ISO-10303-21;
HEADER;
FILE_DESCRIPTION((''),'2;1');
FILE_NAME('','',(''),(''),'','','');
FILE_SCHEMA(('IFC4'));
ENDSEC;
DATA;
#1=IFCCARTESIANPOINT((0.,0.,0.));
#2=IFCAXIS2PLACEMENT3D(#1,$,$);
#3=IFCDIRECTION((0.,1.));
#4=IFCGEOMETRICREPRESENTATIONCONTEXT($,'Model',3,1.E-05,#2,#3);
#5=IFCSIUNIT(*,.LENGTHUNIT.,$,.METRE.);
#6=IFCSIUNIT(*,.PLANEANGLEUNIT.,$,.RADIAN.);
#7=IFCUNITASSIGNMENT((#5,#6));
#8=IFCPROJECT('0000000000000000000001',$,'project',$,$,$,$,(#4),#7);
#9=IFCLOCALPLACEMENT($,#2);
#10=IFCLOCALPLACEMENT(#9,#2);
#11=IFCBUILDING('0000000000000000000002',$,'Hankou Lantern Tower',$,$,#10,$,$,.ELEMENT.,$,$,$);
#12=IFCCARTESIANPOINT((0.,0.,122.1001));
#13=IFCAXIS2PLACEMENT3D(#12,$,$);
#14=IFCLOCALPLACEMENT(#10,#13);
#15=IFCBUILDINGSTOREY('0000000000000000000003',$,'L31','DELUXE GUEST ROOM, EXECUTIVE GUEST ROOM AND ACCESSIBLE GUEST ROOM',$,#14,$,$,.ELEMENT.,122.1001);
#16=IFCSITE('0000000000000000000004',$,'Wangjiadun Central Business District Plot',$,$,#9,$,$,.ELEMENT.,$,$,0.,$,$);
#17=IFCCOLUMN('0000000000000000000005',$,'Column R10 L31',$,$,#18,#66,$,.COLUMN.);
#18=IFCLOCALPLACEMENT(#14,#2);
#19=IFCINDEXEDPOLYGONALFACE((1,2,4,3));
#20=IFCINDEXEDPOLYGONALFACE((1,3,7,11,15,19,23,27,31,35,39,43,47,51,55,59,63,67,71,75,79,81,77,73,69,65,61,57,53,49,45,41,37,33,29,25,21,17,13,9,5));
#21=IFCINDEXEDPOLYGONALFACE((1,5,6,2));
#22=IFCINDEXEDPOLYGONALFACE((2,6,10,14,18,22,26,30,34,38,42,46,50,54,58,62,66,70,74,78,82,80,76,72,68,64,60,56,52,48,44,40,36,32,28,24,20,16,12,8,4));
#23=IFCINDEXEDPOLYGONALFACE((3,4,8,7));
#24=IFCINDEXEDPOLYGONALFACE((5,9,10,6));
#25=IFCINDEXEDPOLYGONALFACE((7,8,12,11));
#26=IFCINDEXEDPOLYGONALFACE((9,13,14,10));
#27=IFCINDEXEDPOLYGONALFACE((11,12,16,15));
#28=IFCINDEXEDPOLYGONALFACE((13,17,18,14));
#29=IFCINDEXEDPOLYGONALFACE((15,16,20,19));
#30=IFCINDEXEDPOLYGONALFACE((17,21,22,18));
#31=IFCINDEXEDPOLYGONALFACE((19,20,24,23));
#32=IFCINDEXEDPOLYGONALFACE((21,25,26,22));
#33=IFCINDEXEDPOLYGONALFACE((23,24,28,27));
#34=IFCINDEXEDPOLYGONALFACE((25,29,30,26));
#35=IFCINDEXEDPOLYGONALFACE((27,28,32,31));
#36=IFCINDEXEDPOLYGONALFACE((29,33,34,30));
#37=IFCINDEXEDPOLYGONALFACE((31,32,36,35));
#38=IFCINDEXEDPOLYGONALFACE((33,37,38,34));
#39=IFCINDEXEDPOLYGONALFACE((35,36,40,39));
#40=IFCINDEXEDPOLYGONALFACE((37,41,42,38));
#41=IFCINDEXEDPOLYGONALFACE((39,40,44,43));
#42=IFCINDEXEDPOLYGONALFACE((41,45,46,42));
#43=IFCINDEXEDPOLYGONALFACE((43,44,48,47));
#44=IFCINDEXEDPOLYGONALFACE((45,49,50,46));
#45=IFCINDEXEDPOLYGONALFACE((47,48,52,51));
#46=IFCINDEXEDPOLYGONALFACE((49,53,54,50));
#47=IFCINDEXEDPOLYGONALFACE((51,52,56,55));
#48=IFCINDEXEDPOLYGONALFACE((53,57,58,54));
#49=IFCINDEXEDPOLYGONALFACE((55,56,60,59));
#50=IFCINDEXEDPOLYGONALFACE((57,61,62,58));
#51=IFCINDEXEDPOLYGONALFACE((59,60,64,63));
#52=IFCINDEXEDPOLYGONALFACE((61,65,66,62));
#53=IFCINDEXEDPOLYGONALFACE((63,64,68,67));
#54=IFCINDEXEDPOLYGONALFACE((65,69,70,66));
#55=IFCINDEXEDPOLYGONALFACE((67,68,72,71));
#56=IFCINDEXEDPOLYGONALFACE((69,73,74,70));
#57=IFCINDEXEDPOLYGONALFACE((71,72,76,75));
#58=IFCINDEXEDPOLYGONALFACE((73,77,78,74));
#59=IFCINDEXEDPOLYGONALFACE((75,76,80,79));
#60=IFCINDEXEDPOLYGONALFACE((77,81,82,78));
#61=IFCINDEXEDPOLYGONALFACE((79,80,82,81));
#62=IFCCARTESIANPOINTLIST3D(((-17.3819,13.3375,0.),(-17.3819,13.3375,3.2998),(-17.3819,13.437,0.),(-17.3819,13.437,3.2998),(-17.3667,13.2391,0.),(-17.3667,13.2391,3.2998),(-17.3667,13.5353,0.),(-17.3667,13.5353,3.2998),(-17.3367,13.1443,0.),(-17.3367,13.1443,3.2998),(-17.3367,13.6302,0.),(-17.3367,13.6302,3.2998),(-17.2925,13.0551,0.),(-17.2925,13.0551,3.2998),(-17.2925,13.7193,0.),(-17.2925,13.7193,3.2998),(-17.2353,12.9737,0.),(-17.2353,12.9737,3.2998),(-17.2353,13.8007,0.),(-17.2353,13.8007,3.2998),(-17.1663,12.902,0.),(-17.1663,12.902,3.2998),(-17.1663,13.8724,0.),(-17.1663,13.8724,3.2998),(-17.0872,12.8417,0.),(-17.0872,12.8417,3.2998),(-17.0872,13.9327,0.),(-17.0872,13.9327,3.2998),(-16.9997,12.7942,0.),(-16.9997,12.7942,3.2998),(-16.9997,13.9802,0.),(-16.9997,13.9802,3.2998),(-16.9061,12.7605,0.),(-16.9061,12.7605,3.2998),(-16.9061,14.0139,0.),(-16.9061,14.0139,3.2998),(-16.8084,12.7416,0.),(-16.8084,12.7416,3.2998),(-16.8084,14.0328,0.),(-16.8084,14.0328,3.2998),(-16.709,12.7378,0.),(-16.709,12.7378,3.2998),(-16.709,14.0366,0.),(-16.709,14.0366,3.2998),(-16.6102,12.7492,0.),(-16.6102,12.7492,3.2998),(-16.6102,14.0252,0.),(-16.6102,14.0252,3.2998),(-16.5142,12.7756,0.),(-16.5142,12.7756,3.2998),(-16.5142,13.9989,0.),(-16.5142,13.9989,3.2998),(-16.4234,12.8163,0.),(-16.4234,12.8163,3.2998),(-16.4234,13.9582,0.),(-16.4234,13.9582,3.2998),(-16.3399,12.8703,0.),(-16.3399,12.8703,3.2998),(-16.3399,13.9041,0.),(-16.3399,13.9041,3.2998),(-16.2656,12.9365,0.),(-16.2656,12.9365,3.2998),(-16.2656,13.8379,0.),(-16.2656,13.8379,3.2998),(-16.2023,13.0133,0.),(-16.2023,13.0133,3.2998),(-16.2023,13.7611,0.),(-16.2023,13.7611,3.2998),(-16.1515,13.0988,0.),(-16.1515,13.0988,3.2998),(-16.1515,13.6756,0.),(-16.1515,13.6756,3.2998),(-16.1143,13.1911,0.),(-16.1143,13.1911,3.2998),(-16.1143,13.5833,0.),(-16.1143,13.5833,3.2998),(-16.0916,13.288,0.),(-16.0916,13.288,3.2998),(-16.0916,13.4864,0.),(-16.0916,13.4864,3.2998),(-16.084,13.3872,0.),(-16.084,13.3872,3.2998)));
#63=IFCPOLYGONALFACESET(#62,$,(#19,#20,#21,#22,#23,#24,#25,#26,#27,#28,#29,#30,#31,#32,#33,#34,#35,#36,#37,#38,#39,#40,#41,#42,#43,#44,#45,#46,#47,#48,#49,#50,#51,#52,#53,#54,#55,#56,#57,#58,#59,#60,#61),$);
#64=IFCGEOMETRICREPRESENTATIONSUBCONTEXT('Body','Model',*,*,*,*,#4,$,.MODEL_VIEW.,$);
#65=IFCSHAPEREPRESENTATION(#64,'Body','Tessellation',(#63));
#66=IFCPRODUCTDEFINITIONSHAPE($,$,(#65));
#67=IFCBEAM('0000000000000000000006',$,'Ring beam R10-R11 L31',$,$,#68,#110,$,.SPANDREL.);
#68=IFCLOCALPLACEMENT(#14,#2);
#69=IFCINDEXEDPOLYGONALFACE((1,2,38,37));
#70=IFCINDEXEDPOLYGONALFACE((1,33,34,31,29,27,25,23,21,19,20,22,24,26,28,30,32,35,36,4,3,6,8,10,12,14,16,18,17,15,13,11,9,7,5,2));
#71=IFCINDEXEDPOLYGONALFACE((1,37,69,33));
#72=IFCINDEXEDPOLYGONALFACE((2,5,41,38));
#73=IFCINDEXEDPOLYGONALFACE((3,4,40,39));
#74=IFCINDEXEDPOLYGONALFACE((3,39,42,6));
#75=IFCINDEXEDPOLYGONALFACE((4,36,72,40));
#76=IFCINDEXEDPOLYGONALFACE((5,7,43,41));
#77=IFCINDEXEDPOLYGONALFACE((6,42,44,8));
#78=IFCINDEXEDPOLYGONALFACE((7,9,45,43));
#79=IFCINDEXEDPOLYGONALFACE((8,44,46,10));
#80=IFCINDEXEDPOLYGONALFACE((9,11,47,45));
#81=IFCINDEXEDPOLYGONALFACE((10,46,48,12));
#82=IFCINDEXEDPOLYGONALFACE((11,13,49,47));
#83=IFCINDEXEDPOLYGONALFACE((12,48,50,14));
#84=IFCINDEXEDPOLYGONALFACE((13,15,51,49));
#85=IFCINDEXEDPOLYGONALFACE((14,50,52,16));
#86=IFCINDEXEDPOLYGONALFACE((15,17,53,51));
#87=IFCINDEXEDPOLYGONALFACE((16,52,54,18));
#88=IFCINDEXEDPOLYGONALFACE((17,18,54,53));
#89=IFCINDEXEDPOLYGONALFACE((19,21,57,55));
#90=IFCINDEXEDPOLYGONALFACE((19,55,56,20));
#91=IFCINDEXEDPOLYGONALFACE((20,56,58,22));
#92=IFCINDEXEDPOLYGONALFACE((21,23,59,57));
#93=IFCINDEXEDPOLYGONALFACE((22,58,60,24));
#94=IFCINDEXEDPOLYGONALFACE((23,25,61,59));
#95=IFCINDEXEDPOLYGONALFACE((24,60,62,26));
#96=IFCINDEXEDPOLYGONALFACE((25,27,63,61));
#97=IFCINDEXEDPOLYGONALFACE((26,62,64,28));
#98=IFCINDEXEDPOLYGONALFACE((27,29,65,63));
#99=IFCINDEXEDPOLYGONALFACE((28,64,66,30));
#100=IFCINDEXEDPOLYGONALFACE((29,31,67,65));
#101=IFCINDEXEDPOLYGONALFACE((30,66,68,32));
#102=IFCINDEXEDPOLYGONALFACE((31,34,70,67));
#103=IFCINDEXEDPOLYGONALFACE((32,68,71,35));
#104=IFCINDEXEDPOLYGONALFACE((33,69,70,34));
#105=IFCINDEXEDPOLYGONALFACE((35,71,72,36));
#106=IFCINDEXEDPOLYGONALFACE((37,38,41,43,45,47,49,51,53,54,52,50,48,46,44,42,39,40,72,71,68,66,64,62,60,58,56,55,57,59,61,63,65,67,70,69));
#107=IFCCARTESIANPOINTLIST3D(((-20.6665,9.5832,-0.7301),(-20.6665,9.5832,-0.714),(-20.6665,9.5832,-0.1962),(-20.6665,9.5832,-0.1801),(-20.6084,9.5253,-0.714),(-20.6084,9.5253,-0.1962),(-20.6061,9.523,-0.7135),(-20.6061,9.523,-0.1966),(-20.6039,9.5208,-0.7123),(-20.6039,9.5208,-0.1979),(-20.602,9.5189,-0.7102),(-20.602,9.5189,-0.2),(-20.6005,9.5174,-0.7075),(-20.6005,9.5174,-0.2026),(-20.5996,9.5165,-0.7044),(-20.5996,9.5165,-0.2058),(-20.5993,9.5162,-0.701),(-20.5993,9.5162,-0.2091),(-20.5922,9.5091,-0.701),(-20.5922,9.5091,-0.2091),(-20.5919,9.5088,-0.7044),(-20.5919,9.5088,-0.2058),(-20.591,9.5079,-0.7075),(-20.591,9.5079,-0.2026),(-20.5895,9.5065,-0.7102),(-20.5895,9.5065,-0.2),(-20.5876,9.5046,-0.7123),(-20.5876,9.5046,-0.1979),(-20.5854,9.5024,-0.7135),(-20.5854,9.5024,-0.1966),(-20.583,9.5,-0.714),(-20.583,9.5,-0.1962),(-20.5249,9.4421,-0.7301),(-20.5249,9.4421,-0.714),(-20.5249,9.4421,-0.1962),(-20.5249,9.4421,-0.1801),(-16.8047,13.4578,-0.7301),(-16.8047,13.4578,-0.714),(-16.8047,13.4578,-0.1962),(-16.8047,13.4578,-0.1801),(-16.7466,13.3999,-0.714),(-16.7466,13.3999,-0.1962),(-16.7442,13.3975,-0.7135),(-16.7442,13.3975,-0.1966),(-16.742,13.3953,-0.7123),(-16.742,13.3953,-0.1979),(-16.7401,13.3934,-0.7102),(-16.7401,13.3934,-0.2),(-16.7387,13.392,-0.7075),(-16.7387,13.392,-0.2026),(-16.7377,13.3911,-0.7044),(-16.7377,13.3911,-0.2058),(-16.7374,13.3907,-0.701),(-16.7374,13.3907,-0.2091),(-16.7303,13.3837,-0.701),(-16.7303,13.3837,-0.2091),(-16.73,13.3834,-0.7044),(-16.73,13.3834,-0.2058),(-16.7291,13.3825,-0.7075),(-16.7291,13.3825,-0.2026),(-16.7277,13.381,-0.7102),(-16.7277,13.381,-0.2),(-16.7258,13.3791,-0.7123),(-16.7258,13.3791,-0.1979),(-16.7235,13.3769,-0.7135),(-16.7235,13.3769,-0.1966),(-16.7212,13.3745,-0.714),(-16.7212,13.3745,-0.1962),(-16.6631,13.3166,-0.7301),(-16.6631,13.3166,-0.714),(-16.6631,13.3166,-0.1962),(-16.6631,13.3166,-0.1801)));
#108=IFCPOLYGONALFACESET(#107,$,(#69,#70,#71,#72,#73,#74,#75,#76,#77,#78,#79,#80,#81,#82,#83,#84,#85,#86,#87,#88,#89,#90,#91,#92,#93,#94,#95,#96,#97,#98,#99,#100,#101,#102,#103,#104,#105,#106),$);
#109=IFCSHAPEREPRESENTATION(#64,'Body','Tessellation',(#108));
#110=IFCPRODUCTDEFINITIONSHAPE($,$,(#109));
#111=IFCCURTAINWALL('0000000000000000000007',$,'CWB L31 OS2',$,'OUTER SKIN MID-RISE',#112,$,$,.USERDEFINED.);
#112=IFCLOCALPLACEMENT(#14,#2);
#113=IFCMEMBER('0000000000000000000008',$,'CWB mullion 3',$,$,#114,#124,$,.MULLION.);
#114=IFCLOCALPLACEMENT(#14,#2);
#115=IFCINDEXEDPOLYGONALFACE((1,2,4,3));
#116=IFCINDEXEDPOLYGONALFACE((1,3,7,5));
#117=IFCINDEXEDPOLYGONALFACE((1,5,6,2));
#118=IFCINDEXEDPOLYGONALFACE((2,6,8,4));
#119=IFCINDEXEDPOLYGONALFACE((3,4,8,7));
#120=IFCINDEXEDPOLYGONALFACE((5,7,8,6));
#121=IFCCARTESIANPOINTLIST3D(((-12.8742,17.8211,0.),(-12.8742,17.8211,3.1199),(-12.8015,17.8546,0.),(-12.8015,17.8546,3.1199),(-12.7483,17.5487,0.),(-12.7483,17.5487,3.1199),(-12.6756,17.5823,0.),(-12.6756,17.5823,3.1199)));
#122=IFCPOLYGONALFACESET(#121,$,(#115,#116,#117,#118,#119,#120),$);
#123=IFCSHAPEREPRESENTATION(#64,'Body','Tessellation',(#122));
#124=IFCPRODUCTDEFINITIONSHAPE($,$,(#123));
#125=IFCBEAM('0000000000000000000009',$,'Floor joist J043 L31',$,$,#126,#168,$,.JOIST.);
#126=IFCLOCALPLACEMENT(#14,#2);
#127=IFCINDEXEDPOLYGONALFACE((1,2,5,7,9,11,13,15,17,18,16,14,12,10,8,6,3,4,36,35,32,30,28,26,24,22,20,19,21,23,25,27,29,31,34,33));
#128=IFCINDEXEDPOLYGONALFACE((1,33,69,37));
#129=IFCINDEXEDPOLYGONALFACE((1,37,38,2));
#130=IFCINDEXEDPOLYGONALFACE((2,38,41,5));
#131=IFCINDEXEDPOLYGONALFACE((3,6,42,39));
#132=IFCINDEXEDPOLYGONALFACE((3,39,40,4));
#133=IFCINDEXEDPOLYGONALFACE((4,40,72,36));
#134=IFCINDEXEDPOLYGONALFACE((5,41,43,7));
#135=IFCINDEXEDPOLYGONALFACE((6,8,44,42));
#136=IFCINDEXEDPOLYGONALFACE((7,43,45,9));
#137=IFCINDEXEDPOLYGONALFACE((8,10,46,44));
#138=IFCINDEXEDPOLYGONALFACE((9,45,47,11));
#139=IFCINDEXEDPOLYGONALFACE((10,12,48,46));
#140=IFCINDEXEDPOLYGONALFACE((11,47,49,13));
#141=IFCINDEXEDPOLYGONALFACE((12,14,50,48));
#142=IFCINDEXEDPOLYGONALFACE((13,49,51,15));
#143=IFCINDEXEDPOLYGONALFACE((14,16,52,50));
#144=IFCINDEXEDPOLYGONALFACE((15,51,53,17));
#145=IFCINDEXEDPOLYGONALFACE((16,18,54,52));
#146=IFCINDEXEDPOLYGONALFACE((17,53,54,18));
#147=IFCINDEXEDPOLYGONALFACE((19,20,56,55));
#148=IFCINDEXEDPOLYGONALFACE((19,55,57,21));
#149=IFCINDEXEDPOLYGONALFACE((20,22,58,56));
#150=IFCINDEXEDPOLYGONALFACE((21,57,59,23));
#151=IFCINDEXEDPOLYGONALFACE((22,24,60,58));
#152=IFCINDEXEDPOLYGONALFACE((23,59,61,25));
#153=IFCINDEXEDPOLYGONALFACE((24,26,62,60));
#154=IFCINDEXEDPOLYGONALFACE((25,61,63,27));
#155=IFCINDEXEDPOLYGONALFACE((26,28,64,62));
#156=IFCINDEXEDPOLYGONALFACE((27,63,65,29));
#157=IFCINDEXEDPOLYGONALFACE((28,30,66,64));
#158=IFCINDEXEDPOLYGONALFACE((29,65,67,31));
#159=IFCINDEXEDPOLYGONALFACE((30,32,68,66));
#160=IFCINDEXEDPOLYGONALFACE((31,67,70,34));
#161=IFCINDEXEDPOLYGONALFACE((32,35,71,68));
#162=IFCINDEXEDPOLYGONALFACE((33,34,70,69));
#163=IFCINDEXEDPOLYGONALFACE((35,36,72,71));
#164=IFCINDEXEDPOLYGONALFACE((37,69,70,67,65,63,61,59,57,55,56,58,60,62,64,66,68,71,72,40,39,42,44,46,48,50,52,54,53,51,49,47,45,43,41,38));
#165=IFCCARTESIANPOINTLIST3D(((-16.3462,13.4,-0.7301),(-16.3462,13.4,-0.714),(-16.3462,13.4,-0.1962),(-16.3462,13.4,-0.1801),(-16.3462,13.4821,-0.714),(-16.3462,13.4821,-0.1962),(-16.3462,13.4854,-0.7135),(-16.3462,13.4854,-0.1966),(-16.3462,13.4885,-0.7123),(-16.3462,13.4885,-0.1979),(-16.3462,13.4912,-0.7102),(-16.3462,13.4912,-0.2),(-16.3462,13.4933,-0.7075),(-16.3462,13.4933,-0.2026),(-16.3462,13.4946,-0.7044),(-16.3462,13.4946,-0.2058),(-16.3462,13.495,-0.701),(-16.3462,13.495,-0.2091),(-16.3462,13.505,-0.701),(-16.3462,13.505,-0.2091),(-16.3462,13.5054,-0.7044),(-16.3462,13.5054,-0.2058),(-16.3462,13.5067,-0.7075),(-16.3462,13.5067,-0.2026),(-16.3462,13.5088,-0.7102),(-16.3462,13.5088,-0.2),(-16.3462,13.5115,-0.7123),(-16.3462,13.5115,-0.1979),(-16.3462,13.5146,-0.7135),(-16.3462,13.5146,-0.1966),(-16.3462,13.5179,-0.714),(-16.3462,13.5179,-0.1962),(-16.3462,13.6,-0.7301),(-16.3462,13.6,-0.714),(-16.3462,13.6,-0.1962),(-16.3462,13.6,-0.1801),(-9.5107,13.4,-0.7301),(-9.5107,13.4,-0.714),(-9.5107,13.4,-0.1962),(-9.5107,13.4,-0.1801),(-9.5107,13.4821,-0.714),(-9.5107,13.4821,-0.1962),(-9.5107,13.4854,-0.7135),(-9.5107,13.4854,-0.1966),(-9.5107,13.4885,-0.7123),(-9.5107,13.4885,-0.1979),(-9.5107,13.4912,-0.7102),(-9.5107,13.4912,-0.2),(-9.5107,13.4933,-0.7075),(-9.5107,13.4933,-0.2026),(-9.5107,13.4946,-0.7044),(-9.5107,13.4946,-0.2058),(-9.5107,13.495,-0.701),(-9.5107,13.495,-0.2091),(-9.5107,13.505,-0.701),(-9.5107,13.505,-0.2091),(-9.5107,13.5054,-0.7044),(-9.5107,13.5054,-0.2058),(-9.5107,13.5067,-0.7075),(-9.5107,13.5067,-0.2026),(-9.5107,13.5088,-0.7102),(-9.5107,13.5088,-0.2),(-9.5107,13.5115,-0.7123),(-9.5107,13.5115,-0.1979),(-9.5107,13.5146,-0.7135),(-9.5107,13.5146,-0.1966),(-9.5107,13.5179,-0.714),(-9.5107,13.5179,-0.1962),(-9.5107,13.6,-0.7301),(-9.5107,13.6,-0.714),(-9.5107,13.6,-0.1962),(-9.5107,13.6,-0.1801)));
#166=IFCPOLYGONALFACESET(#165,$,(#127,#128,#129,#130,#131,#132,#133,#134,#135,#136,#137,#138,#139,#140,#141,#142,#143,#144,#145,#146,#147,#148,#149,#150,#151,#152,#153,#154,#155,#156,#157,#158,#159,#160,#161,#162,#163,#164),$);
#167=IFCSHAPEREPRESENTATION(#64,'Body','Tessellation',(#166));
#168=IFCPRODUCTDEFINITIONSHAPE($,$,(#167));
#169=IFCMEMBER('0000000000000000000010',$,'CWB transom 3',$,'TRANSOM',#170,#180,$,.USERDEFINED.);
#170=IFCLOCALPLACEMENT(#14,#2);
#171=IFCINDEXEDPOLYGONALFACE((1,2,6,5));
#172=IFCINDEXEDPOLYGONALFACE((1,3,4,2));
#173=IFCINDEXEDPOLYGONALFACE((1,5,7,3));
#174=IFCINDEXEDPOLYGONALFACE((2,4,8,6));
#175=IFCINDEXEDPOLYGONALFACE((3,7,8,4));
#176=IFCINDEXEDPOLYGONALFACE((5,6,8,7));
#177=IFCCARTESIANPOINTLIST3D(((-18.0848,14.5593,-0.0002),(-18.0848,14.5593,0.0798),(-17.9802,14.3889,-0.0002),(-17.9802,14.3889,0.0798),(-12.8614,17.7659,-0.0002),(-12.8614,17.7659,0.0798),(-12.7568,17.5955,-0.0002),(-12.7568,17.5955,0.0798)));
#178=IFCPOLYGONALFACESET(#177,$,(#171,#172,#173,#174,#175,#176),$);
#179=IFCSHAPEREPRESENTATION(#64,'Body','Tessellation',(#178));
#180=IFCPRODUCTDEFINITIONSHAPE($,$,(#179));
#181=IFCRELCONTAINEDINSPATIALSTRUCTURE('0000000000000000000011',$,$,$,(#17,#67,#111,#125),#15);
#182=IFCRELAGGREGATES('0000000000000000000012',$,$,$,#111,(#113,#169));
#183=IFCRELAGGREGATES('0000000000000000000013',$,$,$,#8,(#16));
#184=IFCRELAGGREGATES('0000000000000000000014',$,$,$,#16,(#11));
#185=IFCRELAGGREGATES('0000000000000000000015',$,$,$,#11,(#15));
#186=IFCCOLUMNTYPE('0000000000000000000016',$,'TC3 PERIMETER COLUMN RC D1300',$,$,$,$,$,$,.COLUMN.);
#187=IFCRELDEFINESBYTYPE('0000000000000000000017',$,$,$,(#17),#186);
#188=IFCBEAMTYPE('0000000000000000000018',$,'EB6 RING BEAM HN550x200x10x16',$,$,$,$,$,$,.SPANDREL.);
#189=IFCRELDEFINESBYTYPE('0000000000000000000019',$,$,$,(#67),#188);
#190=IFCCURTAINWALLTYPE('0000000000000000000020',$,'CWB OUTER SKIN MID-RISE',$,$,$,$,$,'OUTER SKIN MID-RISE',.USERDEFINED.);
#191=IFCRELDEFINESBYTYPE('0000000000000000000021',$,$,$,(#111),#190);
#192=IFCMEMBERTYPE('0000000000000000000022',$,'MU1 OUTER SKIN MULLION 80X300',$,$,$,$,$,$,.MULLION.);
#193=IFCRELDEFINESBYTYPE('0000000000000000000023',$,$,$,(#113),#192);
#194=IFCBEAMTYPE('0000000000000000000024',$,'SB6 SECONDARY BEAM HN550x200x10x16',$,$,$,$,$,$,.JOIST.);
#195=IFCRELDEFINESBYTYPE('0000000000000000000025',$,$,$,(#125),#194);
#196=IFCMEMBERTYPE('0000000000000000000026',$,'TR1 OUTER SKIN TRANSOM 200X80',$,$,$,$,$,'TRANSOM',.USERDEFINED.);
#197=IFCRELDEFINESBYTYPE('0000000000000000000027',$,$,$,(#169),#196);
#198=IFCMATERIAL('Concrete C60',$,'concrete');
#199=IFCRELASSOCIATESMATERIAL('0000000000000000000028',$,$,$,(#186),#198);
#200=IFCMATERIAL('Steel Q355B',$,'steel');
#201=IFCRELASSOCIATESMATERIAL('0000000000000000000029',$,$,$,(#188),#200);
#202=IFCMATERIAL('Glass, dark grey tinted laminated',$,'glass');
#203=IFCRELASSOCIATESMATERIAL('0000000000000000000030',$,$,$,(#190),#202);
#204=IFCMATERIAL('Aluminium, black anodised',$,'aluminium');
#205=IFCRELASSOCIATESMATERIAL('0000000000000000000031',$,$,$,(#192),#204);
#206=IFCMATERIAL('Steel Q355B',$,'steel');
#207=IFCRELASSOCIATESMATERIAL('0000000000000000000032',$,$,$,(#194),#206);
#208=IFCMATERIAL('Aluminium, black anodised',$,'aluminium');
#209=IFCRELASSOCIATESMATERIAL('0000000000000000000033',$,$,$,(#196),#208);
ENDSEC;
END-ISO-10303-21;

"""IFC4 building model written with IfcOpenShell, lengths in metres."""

from ifc_helpers import new_model, si_unit, direction, frame, origin, origin_2d, place, context, subcontext, project, spatial, rectangle, circle, i_section, extrude, material, material_profile, profile_set, type_object, element, aggregate, save


model = new_model("IFC4")

# Units and contexts
model_context = context("Model", 3, precision=1e-05, world=origin(), true_north=direction((0.0, 1.0)))
body_context = subcontext(model_context, "Body", "Model", "MODEL_VIEW")
ifc_project = project(units=[si_unit("LENGTHUNIT", "METRE"), si_unit("PLANEANGLEUNIT", "RADIAN")], contexts=[model_context])

# Site, building, storey
site_placement = place(None, origin())
site = spatial("IfcSite", under=ifc_project, at=site_placement, Name="Wangjiadun Central Business District Plot", CompositionType="ELEMENT", RefElevation=0.0)
building_placement = place(site_placement, origin())
building = spatial("IfcBuilding", under=site, at=building_placement, Name="Hankou Lantern Tower", CompositionType="ELEMENT")
storey_placement = place(building_placement, frame((0.0, 0.0, 122.1001)))
storey = spatial("IfcBuildingStorey", under=building, at=storey_placement, Name="L31", Description="DELUXE GUEST ROOM, EXECUTIVE GUEST ROOM AND ACCESSIBLE GUEST ROOM", CompositionType="ELEMENT", Elevation=122.1001)

# Column
ifc_material_1 = material(Name="Concrete C60", Category="concrete")
ifc_material_profile_1 = material_profile(ifc_material_1, circle(Radius=0.6499, at=origin_2d()), Name="RC D1300")
ifc_profile_set_1 = profile_set([ifc_material_profile_1], Name="Concrete C60")
column_type = type_object("IfcColumnType", Name="TC3 PERIMETER COLUMN RC D1300", PredefinedType="COLUMN", material=ifc_profile_set_1)
column_placement = place(storey_placement, frame((-16.7339, 13.3872, 0.0), z_axis=(0.0, 0.0, 1.0), x_axis=(1.0, 0.0, 0.0)))
element("IfcColumn", 1, at=column_placement, inside=storey, type_object=column_type, Name="Column R10 L31", PredefinedType="COLUMN", context=body_context, shape_type="SweptSolid", body=[
    extrude(circle(Radius=0.6499, at=origin_2d()), origin(), (0.0, 0.0, 1.0), 3.2998),
])

# Beam
ifc_material_2 = material(Name="Steel Q355B", Category="steel")
ifc_material_profile_2 = material_profile(ifc_material_2, i_section(OverallWidth=0.2, OverallDepth=0.55, WebThickness=0.01, FlangeThickness=0.0161, FilletRadius=0.0129, at=origin_2d()), Name="HN550x200x10x16")
ifc_profile_set_2 = profile_set([ifc_material_profile_2], Name="Steel Q355B")
beam_type_1 = type_object("IfcBeamType", Name="EB6 RING BEAM HN550x200x10x16", PredefinedType="SPANDREL", material=ifc_profile_set_2)
beam_1_placement = place(storey_placement, frame((-16.7339, 13.3872, -0.4551), z_axis=(-0.705945, -0.708266, 0.0), x_axis=(0.708266, -0.705945, 0.0)))
element("IfcBeam", 2, at=beam_1_placement, inside=storey, type_object=beam_type_1, Name="Ring beam R10-R11 L31", PredefinedType="SPANDREL", context=body_context, shape_type="SweptSolid", body=[
    extrude(i_section(OverallWidth=0.2, OverallDepth=0.55, WebThickness=0.01, FlangeThickness=0.0161, FilletRadius=0.0129, at=origin_2d()), origin(), (0.0, 0.0, 1.0), 5.4705),
])

# Curtain wall, member
ifc_material_3 = material(Name="Glass, dark grey tinted laminated", Category="glass")
curtain_wall_type = type_object("IfcCurtainWallType", Name="CWB OUTER SKIN MID-RISE", ElementType="OUTER SKIN MID-RISE", PredefinedType="USERDEFINED", material=ifc_material_3)
curtain_wall_placement = place(storey_placement, origin())
curtain_wall = element("IfcCurtainWall", 3, at=curtain_wall_placement, inside=storey, type_object=curtain_wall_type, Name="CWB L31 OS2", ObjectType="OUTER SKIN MID-RISE", PredefinedType="USERDEFINED")
ifc_material_4 = material(Name="Aluminium, black anodised", Category="aluminium")
ifc_material_profile_3 = material_profile(ifc_material_4, rectangle(XDim=0.0801, YDim=0.3, at=origin_2d()), Name="MU1 80X300")
ifc_profile_set_3 = profile_set([ifc_material_profile_3], Name="Aluminium, black anodised")
member_type_1 = type_object("IfcMemberType", Name="MU1 OUTER SKIN MULLION 80X300", PredefinedType="MULLION", material=ifc_profile_set_3)
member_1_placement = place(storey_placement, frame((-12.7749, 17.7017, 0.0), z_axis=(0.0, 0.0, 1.0), x_axis=(-0.907841, -0.419314, 0.0)))
member_1 = element("IfcMember", 4, at=member_1_placement, type_object=member_type_1, Name="CWB mullion 3", PredefinedType="MULLION", context=body_context, shape_type="SweptSolid", body=[
    extrude(rectangle(XDim=0.0801, YDim=0.3, at=origin_2d()), origin(), (0.0, 0.0, 1.0), 3.1199),
])

# Beam
ifc_material_5 = material(Name="Steel Q355B", Category="steel")
ifc_material_profile_4 = material_profile(ifc_material_5, i_section(OverallWidth=0.2, OverallDepth=0.55, WebThickness=0.01, FlangeThickness=0.0161, FilletRadius=0.0129, at=origin_2d()), Name="HN550x200x10x16")
ifc_profile_set_4 = profile_set([ifc_material_profile_4], Name="Steel Q355B")
beam_type_2 = type_object("IfcBeamType", Name="SB6 SECONDARY BEAM HN550x200x10x16", PredefinedType="JOIST", material=ifc_profile_set_4)
beam_2_placement = place(storey_placement, frame((-16.3462, 13.5, -0.4551), z_axis=(1.0, 0.0, 0.0), x_axis=(0.0, 1.0, 0.0)))
element("IfcBeam", 5, at=beam_2_placement, inside=storey, type_object=beam_type_2, Name="Floor joist J043 L31", PredefinedType="JOIST", context=body_context, shape_type="SweptSolid", body=[
    extrude(i_section(OverallWidth=0.2, OverallDepth=0.55, WebThickness=0.01, FlangeThickness=0.0161, FilletRadius=0.0129, at=origin_2d()), origin(), (0.0, 0.0, 1.0), 6.8354),
])

# Member
ifc_material_6 = material(Name="Aluminium, black anodised", Category="aluminium")
ifc_material_profile_5 = material_profile(ifc_material_6, rectangle(XDim=0.2, YDim=0.0801, at=origin_2d()), Name="TR1 200X80")
ifc_profile_set_5 = profile_set([ifc_material_profile_5], Name="Aluminium, black anodised")
member_type_2 = type_object("IfcMemberType", Name="TR1 OUTER SKIN TRANSOM 200X80", ElementType="TRANSOM", PredefinedType="USERDEFINED", material=ifc_profile_set_5)
member_2_placement = place(storey_placement, frame((-12.8091, 17.6807, 0.0398), z_axis=(-0.852229, -0.523168, 0.0), x_axis=(0.523168, -0.852229, 0.0)))
member_2 = element("IfcMember", 6, at=member_2_placement, type_object=member_type_2, Name="CWB transom 3", ObjectType="TRANSOM", PredefinedType="USERDEFINED", context=body_context, shape_type="SweptSolid", body=[
    extrude(rectangle(XDim=0.2, YDim=0.0801, at=origin_2d()), origin(), (0.0, 0.0, 1.0), 6.1292),
])

aggregate(curtain_wall, [member_1, member_2])

save(model, "model.ifc")
